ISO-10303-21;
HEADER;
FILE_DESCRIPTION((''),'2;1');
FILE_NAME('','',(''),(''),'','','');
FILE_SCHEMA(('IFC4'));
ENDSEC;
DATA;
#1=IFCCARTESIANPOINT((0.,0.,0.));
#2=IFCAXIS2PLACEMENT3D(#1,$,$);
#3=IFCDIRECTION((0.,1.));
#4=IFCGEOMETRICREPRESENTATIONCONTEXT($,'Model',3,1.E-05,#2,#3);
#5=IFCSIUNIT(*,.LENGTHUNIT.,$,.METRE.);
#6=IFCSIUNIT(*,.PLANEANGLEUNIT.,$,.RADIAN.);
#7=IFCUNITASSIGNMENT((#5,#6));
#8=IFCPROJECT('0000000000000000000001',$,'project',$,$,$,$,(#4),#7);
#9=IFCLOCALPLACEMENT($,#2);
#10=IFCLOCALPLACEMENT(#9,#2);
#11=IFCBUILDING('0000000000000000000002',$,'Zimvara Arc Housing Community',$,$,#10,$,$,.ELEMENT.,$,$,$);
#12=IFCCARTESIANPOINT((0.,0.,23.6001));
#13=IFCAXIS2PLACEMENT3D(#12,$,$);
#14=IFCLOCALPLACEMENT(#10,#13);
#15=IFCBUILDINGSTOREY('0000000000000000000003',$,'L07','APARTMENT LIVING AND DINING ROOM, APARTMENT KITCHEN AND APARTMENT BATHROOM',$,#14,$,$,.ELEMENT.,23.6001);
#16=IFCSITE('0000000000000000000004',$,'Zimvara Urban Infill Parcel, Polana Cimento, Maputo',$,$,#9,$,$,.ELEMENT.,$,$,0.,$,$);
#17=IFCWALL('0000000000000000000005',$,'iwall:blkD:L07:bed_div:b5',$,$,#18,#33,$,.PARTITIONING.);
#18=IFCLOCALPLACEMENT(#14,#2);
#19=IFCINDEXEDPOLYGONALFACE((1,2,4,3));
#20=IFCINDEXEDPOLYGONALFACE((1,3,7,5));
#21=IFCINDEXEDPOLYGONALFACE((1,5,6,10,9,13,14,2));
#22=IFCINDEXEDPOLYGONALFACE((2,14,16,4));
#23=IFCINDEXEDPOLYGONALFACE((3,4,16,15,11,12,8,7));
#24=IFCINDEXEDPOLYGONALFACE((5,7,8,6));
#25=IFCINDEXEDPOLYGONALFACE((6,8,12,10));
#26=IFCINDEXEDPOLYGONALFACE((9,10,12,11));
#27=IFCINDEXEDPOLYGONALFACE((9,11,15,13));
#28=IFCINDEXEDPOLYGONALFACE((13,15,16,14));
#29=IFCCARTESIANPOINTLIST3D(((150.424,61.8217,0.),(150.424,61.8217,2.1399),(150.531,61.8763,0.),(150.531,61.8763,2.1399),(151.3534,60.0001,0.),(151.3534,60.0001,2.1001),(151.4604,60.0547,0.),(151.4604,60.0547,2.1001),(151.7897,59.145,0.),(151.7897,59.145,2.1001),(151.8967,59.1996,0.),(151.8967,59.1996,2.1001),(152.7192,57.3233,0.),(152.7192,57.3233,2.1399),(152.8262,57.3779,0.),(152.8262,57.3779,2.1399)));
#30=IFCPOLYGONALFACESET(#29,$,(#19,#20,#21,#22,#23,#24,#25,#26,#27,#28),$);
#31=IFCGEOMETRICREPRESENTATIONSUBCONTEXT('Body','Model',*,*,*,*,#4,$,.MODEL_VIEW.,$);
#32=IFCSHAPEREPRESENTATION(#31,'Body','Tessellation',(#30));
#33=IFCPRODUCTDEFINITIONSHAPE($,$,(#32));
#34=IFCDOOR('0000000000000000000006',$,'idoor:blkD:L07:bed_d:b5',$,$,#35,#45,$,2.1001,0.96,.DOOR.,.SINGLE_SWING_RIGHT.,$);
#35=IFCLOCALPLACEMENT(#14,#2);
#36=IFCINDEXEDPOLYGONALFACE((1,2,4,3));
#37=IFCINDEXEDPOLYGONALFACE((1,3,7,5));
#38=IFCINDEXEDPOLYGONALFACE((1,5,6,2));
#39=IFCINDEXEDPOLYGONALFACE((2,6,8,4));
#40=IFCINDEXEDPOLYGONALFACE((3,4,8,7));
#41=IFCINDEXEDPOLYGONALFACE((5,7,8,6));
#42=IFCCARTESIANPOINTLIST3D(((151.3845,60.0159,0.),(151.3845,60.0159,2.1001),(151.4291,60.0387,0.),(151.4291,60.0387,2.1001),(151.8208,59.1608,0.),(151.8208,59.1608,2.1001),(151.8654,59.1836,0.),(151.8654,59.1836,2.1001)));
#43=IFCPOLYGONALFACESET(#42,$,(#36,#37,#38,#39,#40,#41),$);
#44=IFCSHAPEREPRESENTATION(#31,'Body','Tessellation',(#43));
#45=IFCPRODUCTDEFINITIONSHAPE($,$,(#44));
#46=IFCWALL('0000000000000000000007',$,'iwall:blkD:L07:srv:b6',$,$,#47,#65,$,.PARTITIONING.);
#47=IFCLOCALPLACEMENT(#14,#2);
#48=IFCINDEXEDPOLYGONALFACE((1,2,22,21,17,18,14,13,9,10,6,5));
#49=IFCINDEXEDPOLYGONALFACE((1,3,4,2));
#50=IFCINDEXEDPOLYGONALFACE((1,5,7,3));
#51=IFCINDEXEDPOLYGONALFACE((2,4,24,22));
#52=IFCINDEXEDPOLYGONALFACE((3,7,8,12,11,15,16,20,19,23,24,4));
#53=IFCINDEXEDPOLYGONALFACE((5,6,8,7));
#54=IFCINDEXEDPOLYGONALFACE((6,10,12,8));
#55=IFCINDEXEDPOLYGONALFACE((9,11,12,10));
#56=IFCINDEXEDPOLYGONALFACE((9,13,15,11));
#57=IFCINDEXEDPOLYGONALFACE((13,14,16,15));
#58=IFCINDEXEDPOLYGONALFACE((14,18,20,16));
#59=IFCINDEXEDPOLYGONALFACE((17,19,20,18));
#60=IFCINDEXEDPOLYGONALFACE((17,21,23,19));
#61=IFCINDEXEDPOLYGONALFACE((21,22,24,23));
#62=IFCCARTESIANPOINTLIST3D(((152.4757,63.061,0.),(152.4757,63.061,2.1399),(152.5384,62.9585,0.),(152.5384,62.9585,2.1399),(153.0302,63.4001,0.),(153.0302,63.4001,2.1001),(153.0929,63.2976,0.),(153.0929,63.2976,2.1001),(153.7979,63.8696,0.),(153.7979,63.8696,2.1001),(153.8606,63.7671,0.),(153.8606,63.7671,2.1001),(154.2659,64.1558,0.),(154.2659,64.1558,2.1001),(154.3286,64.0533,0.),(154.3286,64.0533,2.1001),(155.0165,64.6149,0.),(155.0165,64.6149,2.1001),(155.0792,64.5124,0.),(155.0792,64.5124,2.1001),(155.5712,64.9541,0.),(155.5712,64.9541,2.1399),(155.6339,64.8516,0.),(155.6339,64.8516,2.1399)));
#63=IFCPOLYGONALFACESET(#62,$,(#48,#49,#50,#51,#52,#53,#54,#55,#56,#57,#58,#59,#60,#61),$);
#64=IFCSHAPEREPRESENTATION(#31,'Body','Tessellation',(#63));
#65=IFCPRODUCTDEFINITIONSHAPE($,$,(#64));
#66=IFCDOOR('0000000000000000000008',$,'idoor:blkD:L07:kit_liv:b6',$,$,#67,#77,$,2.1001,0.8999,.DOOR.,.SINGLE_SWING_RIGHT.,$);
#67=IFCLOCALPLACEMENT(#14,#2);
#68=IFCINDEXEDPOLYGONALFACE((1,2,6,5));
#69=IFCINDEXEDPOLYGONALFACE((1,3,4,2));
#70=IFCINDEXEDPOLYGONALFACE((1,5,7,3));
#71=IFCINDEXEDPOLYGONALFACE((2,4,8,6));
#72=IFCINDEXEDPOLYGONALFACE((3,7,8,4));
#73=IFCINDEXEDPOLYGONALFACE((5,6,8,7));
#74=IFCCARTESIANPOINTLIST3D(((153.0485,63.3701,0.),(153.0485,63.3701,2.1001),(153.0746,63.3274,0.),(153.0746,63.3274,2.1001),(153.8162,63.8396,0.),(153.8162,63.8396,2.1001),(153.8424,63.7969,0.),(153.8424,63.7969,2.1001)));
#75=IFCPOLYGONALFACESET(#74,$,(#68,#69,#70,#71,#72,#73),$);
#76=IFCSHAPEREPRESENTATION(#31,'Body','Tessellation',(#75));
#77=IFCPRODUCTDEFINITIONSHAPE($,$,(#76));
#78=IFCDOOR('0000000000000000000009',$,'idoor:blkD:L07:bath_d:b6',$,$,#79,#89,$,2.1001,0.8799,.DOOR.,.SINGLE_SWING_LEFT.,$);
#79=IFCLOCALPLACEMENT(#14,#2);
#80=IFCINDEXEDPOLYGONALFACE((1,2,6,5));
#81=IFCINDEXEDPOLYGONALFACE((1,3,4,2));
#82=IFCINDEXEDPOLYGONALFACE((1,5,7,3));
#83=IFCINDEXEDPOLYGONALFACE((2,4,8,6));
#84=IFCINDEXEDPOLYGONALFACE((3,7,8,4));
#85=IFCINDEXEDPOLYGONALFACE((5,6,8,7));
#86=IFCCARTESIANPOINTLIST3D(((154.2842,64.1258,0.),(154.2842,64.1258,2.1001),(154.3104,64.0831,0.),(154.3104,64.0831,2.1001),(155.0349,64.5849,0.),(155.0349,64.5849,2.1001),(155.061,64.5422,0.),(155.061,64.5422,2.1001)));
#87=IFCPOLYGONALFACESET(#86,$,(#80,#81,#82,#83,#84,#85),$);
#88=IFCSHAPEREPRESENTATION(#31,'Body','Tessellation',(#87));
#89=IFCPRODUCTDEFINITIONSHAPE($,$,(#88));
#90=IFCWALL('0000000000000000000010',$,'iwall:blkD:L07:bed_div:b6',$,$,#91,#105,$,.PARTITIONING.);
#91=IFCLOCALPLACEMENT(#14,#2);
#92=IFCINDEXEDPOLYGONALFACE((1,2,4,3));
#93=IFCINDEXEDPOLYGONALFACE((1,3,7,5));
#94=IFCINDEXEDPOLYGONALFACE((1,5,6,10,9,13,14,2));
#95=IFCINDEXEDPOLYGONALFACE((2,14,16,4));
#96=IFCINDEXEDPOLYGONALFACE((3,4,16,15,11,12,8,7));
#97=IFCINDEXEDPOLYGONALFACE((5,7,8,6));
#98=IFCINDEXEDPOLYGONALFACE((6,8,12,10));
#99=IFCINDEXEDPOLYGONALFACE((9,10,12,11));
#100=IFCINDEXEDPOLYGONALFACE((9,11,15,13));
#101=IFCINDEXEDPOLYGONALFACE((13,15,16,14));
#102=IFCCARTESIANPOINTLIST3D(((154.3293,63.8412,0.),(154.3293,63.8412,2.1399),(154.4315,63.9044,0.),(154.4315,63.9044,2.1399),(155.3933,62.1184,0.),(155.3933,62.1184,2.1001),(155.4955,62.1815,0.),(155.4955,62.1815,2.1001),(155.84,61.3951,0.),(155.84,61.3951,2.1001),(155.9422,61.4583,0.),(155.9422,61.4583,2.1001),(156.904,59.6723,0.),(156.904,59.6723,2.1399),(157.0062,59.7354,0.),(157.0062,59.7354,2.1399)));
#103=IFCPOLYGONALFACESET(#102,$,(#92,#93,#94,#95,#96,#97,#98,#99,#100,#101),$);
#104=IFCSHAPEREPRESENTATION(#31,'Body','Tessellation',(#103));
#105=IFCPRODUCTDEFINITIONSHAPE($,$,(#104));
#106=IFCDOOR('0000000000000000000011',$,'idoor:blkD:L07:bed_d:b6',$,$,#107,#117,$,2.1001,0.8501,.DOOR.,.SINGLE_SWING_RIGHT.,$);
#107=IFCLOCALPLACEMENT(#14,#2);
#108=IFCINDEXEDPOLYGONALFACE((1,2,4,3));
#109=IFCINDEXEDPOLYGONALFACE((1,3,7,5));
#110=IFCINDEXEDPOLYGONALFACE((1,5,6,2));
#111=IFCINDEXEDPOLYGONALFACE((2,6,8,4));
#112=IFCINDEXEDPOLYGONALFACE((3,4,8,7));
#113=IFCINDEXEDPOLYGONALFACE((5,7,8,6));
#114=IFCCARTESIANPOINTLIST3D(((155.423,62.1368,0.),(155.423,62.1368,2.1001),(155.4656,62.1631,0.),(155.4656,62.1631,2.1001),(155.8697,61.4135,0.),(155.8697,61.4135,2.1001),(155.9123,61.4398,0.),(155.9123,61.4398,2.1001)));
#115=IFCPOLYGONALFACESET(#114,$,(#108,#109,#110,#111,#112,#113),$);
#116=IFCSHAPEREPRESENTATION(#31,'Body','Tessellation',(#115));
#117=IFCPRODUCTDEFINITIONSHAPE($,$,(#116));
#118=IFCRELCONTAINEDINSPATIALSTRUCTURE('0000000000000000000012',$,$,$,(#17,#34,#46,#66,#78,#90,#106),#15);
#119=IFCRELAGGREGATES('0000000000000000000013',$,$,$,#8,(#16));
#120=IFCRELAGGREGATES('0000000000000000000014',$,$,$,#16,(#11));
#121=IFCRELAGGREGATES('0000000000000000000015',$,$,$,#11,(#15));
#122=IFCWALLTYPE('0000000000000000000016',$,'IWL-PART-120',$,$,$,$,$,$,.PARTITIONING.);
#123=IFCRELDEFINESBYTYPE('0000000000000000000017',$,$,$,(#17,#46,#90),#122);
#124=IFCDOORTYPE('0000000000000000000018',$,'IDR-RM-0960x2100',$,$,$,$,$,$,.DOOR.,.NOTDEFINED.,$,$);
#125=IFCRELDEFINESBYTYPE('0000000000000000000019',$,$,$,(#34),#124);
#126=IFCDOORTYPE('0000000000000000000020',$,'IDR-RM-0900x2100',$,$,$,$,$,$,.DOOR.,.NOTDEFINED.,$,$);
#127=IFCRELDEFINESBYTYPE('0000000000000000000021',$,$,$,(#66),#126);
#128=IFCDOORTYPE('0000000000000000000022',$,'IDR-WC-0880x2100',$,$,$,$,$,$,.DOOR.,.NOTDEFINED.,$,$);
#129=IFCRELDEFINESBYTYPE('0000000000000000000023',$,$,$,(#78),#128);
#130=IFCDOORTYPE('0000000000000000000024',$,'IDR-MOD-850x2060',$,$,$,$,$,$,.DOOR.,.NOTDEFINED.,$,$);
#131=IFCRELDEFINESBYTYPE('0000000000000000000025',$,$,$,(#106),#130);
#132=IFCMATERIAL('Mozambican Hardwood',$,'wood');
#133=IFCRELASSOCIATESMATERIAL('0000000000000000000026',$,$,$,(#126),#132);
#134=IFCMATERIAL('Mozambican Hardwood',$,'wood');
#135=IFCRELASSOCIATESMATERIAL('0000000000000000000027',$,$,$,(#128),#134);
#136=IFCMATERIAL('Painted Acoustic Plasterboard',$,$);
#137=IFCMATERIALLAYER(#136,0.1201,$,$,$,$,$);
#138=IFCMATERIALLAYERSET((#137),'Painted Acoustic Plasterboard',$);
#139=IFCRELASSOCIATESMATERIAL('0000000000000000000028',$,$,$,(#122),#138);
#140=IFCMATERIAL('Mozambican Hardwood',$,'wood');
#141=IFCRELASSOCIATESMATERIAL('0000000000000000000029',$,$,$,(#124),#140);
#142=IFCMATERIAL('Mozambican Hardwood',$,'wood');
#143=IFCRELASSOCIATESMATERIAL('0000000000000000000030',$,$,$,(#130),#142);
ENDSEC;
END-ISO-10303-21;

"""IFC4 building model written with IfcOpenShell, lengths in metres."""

from ifc_helpers import new_model, si_unit, direction, frame, frame_2d, origin, place, context, subcontext, project, spatial, rectangle, extrude, material, layer, layer_set, type_object, element, fill, save


model = new_model("IFC4")

# Units and contexts
model_context = context("Model", 3, precision=1e-05, world=origin(), true_north=direction((0.0, 1.0)))
body_context = subcontext(model_context, "Body", "Model", "MODEL_VIEW")
ifc_project = project(units=[si_unit("LENGTHUNIT", "METRE"), si_unit("PLANEANGLEUNIT", "RADIAN")], contexts=[model_context])

# Site, building, storey
site_placement = place(None, origin())
site = spatial("IfcSite", under=ifc_project, at=site_placement, Name="Zimvara Urban Infill Parcel, Polana Cimento, Maputo", CompositionType="ELEMENT", RefElevation=0.0)
building_placement = place(site_placement, origin())
building = spatial("IfcBuilding", under=site, at=building_placement, Name="Zimvara Arc Housing Community", CompositionType="ELEMENT")
storey_placement = place(building_placement, frame((0.0, 0.0, 23.6001)))
storey = spatial("IfcBuildingStorey", under=building, at=storey_placement, Name="L07", Description="APARTMENT LIVING AND DINING ROOM, APARTMENT KITCHEN AND APARTMENT BATHROOM", CompositionType="ELEMENT", Elevation=23.6001)

# Shared definitions
ifc_material_1 = material(Name="Mozambican Hardwood", Category="wood")
door_type_1 = type_object("IfcDoorType", Name="IDR-RM-0900x2100", OperationType="NOTDEFINED", PredefinedType="DOOR", material=ifc_material_1)
ifc_material_2 = material(Name="Mozambican Hardwood", Category="wood")
door_type_2 = type_object("IfcDoorType", Name="IDR-WC-0880x2100", OperationType="NOTDEFINED", PredefinedType="DOOR", material=ifc_material_2)

# Wall, opening, door
ifc_material_3 = material(Name="Painted Acoustic Plasterboard")
ifc_layer_1 = layer(ifc_material_3, 0.1201)
ifc_layer_set_1 = layer_set([ifc_layer_1], Name="Painted Acoustic Plasterboard")
wall_type_1 = type_object("IfcWallType", Name="IWL-PART-120", PredefinedType="PARTITIONING", material=ifc_layer_set_1)
wall_1_placement = place(storey_placement, frame((150.4775, 61.8489, 0.0), z_axis=(0.0, 0.0, 1.0), x_axis=(0.454489, -0.890752, 0.0)))
wall_1 = element("IfcWall", 1, at=wall_1_placement, inside=storey, type_object=wall_type_1, Name="iwall:blkD:L07:bed_div:b5", PredefinedType="PARTITIONING", context=body_context, shape_type="SweptSolid", body=[
    extrude(rectangle(XDim=5.05, YDim=0.1201, at=frame_2d((2.5249, 0.0))), origin(), (0.0, 0.0, 1.0), 2.1399),
])
opening_1_placement = place(wall_1_placement, frame((2.0449, 0.0, 0.0)))
opening_1 = element("IfcOpeningElement", 2, at=opening_1_placement, cuts=wall_1, PredefinedType="OPENING", context=body_context, shape_type="SweptSolid", body=[
    extrude(rectangle(XDim=0.96, YDim=2.1001, at=frame_2d((0.48, 1.05))), frame((0.0, 0.0701, 0.0), z_axis=(0.0, -1.0, 0.0), x_axis=(1.0, 0.0, 0.0)), (0.0, 0.0, 1.0), 0.1401),
])
ifc_material_4 = material(Name="Mozambican Hardwood", Category="wood")
door_type_3 = type_object("IfcDoorType", Name="IDR-RM-0960x2100", OperationType="NOTDEFINED", PredefinedType="DOOR", material=ifc_material_4)
door_1_placement = place(opening_1_placement, origin())
door_1 = element("IfcDoor", 3, at=door_1_placement, inside=storey, type_object=door_type_3, Name="idoor:blkD:L07:bed_d:b5", OperationType="SINGLE_SWING_RIGHT", OverallHeight=2.1001, OverallWidth=0.96, PredefinedType="DOOR", context=body_context, shape_type="SweptSolid", body=[
    extrude(rectangle(XDim=0.96, YDim=2.1001, at=frame_2d((0.48, 1.05))), frame((0.0, 0.0249, 0.0), z_axis=(0.0, -1.0, 0.0), x_axis=(1.0, 0.0, 0.0)), (0.0, 0.0, 1.0), 0.05),
])
fill(opening_1, door_1)

# Wall, openings, doors
wall_2_placement = place(storey_placement, frame((152.5071, 63.0098, 0.0), z_axis=(0.0, 0.0, 1.0), x_axis=(0.85311, 0.52173, 0.0)))
wall_2 = element("IfcWall", 4, at=wall_2_placement, inside=storey, type_object=wall_type_1, Name="iwall:blkD:L07:srv:b6", PredefinedType="PARTITIONING", context=body_context, shape_type="SweptSolid", body=[
    extrude(rectangle(XDim=3.6284, YDim=0.1201, at=frame_2d((1.8142, 0.0))), origin(), (0.0, 0.0, 1.0), 2.1399),
])
opening_2_placement = place(wall_2_placement, frame((0.6499, 0.0, 0.0)))
opening_2 = element("IfcOpeningElement", 5, at=opening_2_placement, cuts=wall_2, PredefinedType="OPENING", context=body_context, shape_type="SweptSolid", body=[
    extrude(rectangle(XDim=0.8999, YDim=2.1001, at=frame_2d((0.45, 1.05))), frame((0.0, 0.0701, 0.0), z_axis=(0.0, -1.0, 0.0), x_axis=(1.0, 0.0, 0.0)), (0.0, 0.0, 1.0), 0.1401),
])
opening_3_placement = place(wall_2_placement, frame((2.0984, 0.0, 0.0)))
opening_3 = element("IfcOpeningElement", 6, at=opening_3_placement, cuts=wall_2, PredefinedType="OPENING", context=body_context, shape_type="SweptSolid", body=[
    extrude(rectangle(XDim=0.8799, YDim=2.1001, at=frame_2d((0.4399, 1.05))), frame((0.0, 0.0701, 0.0), z_axis=(0.0, -1.0, 0.0), x_axis=(1.0, 0.0, 0.0)), (0.0, 0.0, 1.0), 0.1401),
])
door_2_placement = place(opening_2_placement, origin())
door_2 = element("IfcDoor", 7, at=door_2_placement, inside=storey, type_object=door_type_1, Name="idoor:blkD:L07:kit_liv:b6", OperationType="SINGLE_SWING_RIGHT", OverallHeight=2.1001, OverallWidth=0.8999, PredefinedType="DOOR", context=body_context, shape_type="SweptSolid", body=[
    extrude(rectangle(XDim=0.8999, YDim=2.1001, at=frame_2d((0.45, 1.05))), frame((0.0, 0.0249, 0.0), z_axis=(0.0, -1.0, 0.0), x_axis=(1.0, 0.0, 0.0)), (0.0, 0.0, 1.0), 0.05),
])
fill(opening_2, door_2)
door_3_placement = place(opening_3_placement, origin())
door_3 = element("IfcDoor", 8, at=door_3_placement, inside=storey, type_object=door_type_2, Name="idoor:blkD:L07:bath_d:b6", OperationType="SINGLE_SWING_LEFT", OverallHeight=2.1001, OverallWidth=0.8799, PredefinedType="DOOR", context=body_context, shape_type="SweptSolid", body=[
    extrude(rectangle(XDim=0.8799, YDim=2.1001, at=frame_2d((0.4399, 1.05))), frame((0.0, 0.0249, 0.0), z_axis=(0.0, -1.0, 0.0), x_axis=(1.0, 0.0, 0.0)), (0.0, 0.0, 1.0), 0.05),
])
fill(opening_3, door_3)

# Wall, opening, door
wall_3_placement = place(storey_placement, frame((154.3804, 63.8728, 0.0), z_axis=(0.0, 0.0, 1.0), x_axis=(0.525459, -0.850819, 0.0)))
wall_3 = element("IfcWall", 9, at=wall_3_placement, inside=storey, type_object=wall_type_1, Name="iwall:blkD:L07:bed_div:b6", PredefinedType="PARTITIONING", context=body_context, shape_type="SweptSolid", body=[
    extrude(rectangle(XDim=4.8999, YDim=0.1201, at=frame_2d((2.45, 0.0))), origin(), (0.0, 0.0, 1.0), 2.1399),
])
opening_4_placement = place(wall_3_placement, frame((2.0249, 0.0, 0.0)))
opening_4 = element("IfcOpeningElement", 10, at=opening_4_placement, cuts=wall_3, PredefinedType="OPENING", context=body_context, shape_type="SweptSolid", body=[
    extrude(rectangle(XDim=0.8501, YDim=2.1001, at=frame_2d((0.425, 1.05))), frame((0.0, 0.0701, 0.0), z_axis=(0.0, -1.0, 0.0), x_axis=(1.0, 0.0, 0.0)), (0.0, 0.0, 1.0), 0.1401),
])
ifc_material_5 = material(Name="Mozambican Hardwood", Category="wood")
door_type_4 = type_object("IfcDoorType", Name="IDR-MOD-850x2060", OperationType="NOTDEFINED", PredefinedType="DOOR", material=ifc_material_5)
door_4_placement = place(opening_4_placement, origin())
door_4 = element("IfcDoor", 11, at=door_4_placement, inside=storey, type_object=door_type_4, Name="idoor:blkD:L07:bed_d:b6", OperationType="SINGLE_SWING_RIGHT", OverallHeight=2.1001, OverallWidth=0.8501, PredefinedType="DOOR", context=body_context, shape_type="SweptSolid", body=[
    extrude(rectangle(XDim=0.8501, YDim=2.1001, at=frame_2d((0.425, 1.05))), frame((0.0, 0.0249, 0.0), z_axis=(0.0, -1.0, 0.0), x_axis=(1.0, 0.0, 0.0)), (0.0, 0.0, 1.0), 0.05),
])
fill(opening_4, door_4)

save(model, "model.ifc")
